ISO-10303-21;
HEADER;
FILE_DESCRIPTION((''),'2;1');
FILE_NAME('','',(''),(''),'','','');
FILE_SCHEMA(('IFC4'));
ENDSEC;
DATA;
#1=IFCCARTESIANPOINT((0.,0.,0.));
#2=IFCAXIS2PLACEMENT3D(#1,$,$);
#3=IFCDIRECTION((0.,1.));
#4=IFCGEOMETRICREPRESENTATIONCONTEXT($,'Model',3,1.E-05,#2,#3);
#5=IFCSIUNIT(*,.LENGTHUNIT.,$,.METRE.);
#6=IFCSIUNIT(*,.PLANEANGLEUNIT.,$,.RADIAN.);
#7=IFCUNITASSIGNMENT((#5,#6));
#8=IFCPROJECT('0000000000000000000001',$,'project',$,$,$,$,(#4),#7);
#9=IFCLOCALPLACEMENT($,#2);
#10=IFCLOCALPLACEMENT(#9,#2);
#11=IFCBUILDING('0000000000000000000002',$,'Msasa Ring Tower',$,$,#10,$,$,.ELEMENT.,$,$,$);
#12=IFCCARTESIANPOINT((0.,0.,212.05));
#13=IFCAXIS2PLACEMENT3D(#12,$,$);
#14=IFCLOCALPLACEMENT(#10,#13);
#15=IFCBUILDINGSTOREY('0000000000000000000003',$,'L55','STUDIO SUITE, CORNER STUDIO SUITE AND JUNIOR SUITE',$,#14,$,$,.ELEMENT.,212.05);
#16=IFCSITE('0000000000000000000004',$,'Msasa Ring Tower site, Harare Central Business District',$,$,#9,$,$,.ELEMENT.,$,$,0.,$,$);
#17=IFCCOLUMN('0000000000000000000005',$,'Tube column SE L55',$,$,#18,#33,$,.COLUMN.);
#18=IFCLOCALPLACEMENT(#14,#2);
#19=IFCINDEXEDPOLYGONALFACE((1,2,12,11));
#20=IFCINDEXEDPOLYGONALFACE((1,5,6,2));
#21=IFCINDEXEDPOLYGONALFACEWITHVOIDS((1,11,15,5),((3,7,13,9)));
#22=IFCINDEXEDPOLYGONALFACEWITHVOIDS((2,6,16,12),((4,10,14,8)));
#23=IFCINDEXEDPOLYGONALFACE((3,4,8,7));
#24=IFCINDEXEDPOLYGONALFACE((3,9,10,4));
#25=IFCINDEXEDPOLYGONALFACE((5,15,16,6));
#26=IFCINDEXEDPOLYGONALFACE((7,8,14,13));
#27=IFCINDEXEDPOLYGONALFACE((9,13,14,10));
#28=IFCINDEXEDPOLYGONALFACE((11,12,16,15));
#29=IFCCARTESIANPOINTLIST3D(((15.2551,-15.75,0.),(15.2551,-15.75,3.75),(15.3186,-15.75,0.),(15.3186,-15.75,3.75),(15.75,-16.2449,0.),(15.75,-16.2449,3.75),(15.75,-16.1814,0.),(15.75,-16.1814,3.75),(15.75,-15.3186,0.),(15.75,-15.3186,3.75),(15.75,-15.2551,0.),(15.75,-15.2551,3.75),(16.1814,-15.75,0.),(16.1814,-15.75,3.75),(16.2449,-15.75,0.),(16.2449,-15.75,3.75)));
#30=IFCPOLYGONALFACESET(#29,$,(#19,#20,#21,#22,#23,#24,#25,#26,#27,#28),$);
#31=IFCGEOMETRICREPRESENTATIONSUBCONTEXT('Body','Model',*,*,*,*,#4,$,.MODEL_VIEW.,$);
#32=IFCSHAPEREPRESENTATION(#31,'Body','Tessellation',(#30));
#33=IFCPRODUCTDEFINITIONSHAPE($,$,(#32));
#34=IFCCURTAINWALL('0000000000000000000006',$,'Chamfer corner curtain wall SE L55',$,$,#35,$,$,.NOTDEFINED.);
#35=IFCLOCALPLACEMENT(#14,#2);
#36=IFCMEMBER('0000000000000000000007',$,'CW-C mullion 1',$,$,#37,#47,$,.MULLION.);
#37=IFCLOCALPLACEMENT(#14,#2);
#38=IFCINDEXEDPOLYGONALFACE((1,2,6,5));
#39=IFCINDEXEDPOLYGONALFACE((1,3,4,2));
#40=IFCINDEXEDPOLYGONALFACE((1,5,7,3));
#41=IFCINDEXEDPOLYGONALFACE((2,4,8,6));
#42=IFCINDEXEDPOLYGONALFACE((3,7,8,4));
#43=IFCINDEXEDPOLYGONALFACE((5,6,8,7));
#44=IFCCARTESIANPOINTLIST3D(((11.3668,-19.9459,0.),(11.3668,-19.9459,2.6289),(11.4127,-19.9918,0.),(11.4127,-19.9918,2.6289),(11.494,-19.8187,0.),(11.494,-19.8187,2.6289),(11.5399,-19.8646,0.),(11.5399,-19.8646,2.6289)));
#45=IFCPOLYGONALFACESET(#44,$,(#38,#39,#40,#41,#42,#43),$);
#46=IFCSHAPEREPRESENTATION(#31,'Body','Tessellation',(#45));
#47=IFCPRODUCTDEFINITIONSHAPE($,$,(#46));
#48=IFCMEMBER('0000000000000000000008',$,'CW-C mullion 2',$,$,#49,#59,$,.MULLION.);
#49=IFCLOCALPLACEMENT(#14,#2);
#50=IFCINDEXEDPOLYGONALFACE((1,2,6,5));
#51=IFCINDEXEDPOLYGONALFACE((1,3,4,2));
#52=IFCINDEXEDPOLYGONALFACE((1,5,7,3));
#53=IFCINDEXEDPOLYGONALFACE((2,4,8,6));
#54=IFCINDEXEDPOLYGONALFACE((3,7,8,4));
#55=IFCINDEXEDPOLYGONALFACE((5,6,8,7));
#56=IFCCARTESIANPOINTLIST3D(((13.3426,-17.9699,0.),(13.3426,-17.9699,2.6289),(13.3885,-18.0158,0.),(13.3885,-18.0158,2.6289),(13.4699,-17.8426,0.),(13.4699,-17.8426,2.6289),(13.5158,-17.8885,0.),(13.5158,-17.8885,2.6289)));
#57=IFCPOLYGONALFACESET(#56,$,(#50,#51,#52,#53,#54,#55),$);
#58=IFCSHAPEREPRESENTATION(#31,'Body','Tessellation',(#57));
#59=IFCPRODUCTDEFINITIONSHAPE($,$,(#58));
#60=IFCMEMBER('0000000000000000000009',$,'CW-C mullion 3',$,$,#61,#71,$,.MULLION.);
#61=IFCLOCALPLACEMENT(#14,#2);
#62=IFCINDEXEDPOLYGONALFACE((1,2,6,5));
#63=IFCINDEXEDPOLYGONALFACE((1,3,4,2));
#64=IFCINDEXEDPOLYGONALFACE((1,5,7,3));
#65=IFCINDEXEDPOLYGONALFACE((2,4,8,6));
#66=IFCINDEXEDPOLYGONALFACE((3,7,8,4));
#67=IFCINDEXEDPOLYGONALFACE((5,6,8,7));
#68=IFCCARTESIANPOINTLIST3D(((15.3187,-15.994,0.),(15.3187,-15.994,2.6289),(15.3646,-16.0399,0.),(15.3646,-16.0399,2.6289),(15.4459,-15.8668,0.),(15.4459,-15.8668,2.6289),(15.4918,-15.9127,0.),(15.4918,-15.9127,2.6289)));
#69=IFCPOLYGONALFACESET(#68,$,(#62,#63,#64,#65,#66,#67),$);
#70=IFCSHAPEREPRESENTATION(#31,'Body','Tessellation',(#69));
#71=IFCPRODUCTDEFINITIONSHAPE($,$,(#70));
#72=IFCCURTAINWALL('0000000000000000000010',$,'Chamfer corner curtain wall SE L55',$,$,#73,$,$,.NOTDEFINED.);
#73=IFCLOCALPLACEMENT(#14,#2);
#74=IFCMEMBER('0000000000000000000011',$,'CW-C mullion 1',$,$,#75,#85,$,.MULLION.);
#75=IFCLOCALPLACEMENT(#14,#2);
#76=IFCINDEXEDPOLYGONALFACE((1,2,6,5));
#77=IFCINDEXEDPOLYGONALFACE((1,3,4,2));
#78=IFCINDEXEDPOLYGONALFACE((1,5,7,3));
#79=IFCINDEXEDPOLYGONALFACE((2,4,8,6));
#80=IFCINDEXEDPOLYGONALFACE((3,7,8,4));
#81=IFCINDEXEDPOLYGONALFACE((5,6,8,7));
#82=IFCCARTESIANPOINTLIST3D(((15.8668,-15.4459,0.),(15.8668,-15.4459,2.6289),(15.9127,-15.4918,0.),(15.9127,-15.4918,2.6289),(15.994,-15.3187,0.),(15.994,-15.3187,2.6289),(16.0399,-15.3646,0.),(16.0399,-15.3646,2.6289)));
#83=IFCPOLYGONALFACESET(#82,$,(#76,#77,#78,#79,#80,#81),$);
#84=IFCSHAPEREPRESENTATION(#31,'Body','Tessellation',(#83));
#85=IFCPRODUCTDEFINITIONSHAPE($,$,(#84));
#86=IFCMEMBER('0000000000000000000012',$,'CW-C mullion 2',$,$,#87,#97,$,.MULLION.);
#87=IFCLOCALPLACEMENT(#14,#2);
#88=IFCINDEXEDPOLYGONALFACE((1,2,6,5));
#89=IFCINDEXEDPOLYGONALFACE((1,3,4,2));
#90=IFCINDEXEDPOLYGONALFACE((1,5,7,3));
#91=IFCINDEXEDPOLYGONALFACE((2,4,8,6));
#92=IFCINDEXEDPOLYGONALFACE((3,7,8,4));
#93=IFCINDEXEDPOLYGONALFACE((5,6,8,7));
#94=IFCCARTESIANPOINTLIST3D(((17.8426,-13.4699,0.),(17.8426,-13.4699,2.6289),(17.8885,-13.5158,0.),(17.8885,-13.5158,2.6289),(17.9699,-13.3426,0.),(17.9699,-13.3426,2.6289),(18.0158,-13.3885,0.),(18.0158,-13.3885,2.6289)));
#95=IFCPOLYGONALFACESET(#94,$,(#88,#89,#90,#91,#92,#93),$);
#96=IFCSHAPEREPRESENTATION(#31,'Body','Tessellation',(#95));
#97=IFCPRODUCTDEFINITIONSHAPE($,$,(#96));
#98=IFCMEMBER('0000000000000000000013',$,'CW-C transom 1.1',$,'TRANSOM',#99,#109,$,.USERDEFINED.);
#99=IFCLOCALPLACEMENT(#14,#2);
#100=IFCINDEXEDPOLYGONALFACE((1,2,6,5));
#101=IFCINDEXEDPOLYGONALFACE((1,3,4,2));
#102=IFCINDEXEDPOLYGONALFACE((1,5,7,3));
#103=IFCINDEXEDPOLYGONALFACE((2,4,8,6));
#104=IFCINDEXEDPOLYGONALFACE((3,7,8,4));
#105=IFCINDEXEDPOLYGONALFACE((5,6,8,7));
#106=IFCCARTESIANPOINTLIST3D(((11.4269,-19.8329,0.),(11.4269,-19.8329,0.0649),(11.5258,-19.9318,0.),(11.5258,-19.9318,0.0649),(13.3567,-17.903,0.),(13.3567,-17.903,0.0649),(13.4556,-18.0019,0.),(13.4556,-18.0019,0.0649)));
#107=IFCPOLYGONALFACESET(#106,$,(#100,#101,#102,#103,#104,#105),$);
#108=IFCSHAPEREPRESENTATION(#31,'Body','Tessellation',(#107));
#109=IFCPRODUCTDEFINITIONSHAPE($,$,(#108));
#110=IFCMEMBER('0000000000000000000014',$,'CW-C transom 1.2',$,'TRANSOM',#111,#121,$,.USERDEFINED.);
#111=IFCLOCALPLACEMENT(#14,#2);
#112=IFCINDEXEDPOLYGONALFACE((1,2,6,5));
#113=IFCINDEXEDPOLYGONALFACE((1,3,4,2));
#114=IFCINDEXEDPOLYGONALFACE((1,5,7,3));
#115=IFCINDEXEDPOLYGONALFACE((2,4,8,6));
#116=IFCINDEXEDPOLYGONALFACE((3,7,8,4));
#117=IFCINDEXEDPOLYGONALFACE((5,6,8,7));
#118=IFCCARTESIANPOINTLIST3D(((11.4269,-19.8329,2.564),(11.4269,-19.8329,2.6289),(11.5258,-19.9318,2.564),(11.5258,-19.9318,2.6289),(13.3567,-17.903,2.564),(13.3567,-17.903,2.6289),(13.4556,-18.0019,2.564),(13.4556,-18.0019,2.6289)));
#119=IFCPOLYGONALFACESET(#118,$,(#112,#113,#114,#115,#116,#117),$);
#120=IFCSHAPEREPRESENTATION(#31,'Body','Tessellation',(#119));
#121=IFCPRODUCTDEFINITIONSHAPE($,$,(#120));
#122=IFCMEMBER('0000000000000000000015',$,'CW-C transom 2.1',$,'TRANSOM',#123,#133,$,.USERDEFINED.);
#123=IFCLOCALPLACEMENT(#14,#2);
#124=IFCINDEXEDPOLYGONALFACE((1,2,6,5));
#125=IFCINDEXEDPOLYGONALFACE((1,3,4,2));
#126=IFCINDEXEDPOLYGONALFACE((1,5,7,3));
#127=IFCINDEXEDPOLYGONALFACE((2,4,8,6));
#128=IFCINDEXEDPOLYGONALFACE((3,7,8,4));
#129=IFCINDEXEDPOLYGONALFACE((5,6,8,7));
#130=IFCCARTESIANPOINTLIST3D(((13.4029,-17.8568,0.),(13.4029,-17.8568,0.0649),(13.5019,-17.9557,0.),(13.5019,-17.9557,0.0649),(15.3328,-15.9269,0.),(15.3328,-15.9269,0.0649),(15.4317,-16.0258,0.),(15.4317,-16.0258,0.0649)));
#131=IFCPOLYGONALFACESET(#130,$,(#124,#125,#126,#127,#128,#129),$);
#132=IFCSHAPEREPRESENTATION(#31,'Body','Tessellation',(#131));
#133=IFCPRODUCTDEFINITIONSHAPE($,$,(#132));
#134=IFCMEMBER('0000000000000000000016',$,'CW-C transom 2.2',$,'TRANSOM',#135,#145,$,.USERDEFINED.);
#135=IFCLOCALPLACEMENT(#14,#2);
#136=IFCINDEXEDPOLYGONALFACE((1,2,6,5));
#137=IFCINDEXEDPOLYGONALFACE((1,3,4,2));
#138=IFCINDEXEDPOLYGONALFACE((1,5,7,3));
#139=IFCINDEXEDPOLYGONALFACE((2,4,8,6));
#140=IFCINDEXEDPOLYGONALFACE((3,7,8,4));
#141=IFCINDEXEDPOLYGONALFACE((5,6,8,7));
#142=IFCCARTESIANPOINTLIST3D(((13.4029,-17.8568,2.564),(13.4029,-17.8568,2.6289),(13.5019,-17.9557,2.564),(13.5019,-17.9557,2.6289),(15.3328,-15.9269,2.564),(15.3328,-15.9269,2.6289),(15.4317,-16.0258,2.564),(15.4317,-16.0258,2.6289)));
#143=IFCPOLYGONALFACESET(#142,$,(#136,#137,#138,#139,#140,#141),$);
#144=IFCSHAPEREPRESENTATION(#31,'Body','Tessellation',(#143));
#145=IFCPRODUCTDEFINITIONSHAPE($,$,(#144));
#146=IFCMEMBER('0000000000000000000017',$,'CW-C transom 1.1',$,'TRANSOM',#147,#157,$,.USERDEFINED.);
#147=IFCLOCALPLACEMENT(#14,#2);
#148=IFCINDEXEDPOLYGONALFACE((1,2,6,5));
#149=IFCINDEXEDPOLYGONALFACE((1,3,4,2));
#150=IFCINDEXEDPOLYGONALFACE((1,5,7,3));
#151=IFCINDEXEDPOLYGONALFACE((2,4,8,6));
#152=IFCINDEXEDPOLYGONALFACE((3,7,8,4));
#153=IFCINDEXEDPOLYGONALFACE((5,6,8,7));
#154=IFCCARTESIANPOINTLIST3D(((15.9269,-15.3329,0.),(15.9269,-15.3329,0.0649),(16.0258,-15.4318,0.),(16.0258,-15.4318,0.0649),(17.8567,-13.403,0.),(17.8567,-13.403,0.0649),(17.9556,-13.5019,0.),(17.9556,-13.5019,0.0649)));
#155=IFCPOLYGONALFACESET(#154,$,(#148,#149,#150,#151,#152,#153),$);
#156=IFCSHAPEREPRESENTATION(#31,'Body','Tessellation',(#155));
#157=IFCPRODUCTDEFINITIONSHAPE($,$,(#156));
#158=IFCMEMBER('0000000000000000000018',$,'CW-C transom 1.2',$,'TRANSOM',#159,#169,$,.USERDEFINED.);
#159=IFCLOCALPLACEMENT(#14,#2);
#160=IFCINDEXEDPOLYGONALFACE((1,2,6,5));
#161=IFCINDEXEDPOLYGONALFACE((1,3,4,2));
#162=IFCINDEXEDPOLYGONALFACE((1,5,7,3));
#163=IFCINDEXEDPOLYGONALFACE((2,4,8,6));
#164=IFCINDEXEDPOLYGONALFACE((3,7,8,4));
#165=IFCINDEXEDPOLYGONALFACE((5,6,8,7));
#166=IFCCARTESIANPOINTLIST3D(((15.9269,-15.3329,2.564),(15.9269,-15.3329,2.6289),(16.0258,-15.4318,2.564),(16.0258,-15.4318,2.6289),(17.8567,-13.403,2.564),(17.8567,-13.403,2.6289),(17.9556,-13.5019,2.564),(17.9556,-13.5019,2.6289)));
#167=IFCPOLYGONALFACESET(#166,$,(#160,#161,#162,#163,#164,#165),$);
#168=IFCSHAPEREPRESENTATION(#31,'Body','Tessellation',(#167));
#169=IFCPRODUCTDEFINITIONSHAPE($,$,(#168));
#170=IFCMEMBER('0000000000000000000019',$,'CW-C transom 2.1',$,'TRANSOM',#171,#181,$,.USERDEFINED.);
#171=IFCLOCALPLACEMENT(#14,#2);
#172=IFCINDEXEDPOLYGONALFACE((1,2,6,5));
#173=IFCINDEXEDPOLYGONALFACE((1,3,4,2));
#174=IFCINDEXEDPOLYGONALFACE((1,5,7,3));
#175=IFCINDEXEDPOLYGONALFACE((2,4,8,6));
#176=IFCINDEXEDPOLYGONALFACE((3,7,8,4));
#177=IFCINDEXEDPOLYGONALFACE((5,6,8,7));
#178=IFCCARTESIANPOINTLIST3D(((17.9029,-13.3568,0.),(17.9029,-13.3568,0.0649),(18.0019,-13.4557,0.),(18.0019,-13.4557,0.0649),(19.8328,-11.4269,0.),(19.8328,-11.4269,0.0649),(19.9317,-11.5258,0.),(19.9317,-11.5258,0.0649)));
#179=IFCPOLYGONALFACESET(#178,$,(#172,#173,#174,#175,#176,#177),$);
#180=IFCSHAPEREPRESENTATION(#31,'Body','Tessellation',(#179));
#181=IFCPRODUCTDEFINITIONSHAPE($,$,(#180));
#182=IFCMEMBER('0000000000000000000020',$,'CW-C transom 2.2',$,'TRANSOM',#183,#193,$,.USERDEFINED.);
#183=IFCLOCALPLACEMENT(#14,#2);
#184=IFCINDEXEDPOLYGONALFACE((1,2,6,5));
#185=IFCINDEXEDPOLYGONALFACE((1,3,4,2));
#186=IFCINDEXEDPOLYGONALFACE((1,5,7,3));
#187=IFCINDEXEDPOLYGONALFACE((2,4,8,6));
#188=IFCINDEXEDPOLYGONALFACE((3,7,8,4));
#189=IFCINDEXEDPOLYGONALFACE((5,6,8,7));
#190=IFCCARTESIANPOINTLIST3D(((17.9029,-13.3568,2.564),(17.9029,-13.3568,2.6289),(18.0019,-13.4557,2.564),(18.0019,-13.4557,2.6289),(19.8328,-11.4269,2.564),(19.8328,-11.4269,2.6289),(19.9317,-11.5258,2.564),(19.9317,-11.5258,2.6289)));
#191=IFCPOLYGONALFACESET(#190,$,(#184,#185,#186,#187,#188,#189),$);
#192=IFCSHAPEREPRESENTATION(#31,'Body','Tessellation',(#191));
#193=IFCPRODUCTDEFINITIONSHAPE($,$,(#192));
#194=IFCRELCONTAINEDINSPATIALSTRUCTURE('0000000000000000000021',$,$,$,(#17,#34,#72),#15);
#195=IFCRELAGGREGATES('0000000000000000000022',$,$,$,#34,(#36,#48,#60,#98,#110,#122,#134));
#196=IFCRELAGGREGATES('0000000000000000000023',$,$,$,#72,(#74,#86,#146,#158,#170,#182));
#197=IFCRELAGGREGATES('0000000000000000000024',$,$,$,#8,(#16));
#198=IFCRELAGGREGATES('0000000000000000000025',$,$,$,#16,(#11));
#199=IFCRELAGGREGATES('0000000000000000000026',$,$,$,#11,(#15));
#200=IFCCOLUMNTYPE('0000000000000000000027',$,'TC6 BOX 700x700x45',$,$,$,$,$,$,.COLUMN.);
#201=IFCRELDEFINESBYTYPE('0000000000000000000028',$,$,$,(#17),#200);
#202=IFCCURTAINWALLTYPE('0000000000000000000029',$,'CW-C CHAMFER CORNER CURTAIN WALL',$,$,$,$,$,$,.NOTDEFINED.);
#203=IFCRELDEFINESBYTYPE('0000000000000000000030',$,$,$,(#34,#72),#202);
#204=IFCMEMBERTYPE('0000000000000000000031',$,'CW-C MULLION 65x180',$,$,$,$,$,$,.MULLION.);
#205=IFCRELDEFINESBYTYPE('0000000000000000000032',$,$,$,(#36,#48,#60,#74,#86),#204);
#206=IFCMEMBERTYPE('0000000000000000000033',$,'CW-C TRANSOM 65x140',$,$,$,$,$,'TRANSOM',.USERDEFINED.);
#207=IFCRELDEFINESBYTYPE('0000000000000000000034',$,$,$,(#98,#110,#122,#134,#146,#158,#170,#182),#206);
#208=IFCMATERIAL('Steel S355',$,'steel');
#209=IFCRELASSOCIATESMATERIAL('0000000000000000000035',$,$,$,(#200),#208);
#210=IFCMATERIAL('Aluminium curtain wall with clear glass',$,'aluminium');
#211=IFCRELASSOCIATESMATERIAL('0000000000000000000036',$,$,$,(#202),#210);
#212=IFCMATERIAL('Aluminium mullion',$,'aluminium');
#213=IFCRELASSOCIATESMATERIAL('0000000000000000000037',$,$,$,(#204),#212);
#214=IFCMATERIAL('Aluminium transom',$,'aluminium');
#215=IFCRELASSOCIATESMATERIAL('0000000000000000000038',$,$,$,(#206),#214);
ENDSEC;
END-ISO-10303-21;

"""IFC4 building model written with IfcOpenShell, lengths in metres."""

from ifc_helpers import new_model, si_unit, direction, frame, origin, origin_2d, place, context, subcontext, project, spatial, rectangle, hollow_rectangle, extrude, material, material_profile, profile_set, type_object, element, aggregate, save


model = new_model("IFC4")

# Units and contexts
model_context = context("Model", 3, precision=1e-05, world=origin(), true_north=direction((0.0, 1.0)))
body_context = subcontext(model_context, "Body", "Model", "MODEL_VIEW")
ifc_project = project(units=[si_unit("LENGTHUNIT", "METRE"), si_unit("PLANEANGLEUNIT", "RADIAN")], contexts=[model_context])

# Site, building, storey
site_placement = place(None, origin())
site = spatial("IfcSite", under=ifc_project, at=site_placement, Name="Msasa Ring Tower site, Harare Central Business District", CompositionType="ELEMENT", RefElevation=0.0)
building_placement = place(site_placement, origin())
building = spatial("IfcBuilding", under=site, at=building_placement, Name="Msasa Ring Tower", CompositionType="ELEMENT")
storey_placement = place(building_placement, frame((0.0, 0.0, 212.05)))
storey = spatial("IfcBuildingStorey", under=building, at=storey_placement, Name="L55", Description="STUDIO SUITE, CORNER STUDIO SUITE AND JUNIOR SUITE", CompositionType="ELEMENT", Elevation=212.05)

# Column
ifc_material_1 = material(Name="Steel S355", Category="steel")
ifc_material_profile_1 = material_profile(ifc_material_1, hollow_rectangle(XDim=0.7, YDim=0.7, WallThickness=0.0449, at=origin_2d()), Name="BOX 700x700x45")
ifc_profile_set_1 = profile_set([ifc_material_profile_1], Name="Steel S355")
column_type = type_object("IfcColumnType", Name="TC6 BOX 700x700x45", PredefinedType="COLUMN", material=ifc_profile_set_1)
column_placement = place(storey_placement, frame((15.75, -15.75, 0.0), z_axis=(0.0, 0.0, 1.0), x_axis=(0.707107, -0.707107, 0.0)))
element("IfcColumn", 1, at=column_placement, inside=storey, type_object=column_type, Name="Tube column SE L55", PredefinedType="COLUMN", context=body_context, shape_type="SweptSolid", body=[
    extrude(hollow_rectangle(XDim=0.7, YDim=0.7, WallThickness=0.0449, at=origin_2d()), origin(), (0.0, 0.0, 1.0), 3.75),
])

# Curtain walls, members
ifc_material_2 = material(Name="Aluminium curtain wall with clear glass", Category="aluminium")
curtain_wall_type = type_object("IfcCurtainWallType", Name="CW-C CHAMFER CORNER CURTAIN WALL", PredefinedType="NOTDEFINED", material=ifc_material_2)
curtain_wall_1_placement = place(storey_placement, origin())
curtain_wall_1 = element("IfcCurtainWall", 2, at=curtain_wall_1_placement, inside=storey, type_object=curtain_wall_type, Name="Chamfer corner curtain wall SE L55", PredefinedType="NOTDEFINED")
ifc_material_3 = material(Name="Aluminium mullion", Category="aluminium")
ifc_material_profile_2 = material_profile(ifc_material_3, rectangle(XDim=0.0649, YDim=0.1799, at=origin_2d()), Name="AL 65x180")
ifc_profile_set_2 = profile_set([ifc_material_profile_2], Name="Aluminium mullion")
member_type_1 = type_object("IfcMemberType", Name="CW-C MULLION 65x180", PredefinedType="MULLION", material=ifc_profile_set_2)
member_1_placement = place(storey_placement, frame((11.4534, -19.9053, 0.0), z_axis=(0.0, 0.0, 1.0), x_axis=(-0.707107, 0.707107, 0.0)))
member_1 = element("IfcMember", 3, at=member_1_placement, type_object=member_type_1, Name="CW-C mullion 1", PredefinedType="MULLION", context=body_context, shape_type="SweptSolid", body=[
    extrude(rectangle(XDim=0.0649, YDim=0.1799, at=origin_2d()), origin(), (0.0, 0.0, 1.0), 2.6289),
])
member_2_placement = place(storey_placement, frame((13.4292, -17.9292, 0.0), z_axis=(0.0, 0.0, 1.0), x_axis=(-0.707107, 0.707107, 0.0)))
member_2 = element("IfcMember", 4, at=member_2_placement, type_object=member_type_1, Name="CW-C mullion 2", PredefinedType="MULLION", context=body_context, shape_type="SweptSolid", body=[
    extrude(rectangle(XDim=0.0649, YDim=0.1799, at=origin_2d()), origin(), (0.0, 0.0, 1.0), 2.6289),
])
member_3_placement = place(storey_placement, frame((15.4053, -15.9534, 0.0), z_axis=(0.0, 0.0, 1.0), x_axis=(-0.707107, 0.707107, 0.0)))
member_3 = element("IfcMember", 5, at=member_3_placement, type_object=member_type_1, Name="CW-C mullion 3", PredefinedType="MULLION", context=body_context, shape_type="SweptSolid", body=[
    extrude(rectangle(XDim=0.0649, YDim=0.1799, at=origin_2d()), origin(), (0.0, 0.0, 1.0), 2.6289),
])
curtain_wall_2_placement = place(storey_placement, origin())
curtain_wall_2 = element("IfcCurtainWall", 6, at=curtain_wall_2_placement, inside=storey, type_object=curtain_wall_type, Name="Chamfer corner curtain wall SE L55", PredefinedType="NOTDEFINED")
member_4_placement = place(storey_placement, frame((15.9534, -15.4053, 0.0), z_axis=(0.0, 0.0, 1.0), x_axis=(-0.707107, 0.707107, 0.0)))
member_4 = element("IfcMember", 7, at=member_4_placement, type_object=member_type_1, Name="CW-C mullion 1", PredefinedType="MULLION", context=body_context, shape_type="SweptSolid", body=[
    extrude(rectangle(XDim=0.0649, YDim=0.1799, at=origin_2d()), origin(), (0.0, 0.0, 1.0), 2.6289),
])
member_5_placement = place(storey_placement, frame((17.9292, -13.4292, 0.0), z_axis=(0.0, 0.0, 1.0), x_axis=(-0.707107, 0.707107, 0.0)))
member_5 = element("IfcMember", 8, at=member_5_placement, type_object=member_type_1, Name="CW-C mullion 2", PredefinedType="MULLION", context=body_context, shape_type="SweptSolid", body=[
    extrude(rectangle(XDim=0.0649, YDim=0.1799, at=origin_2d()), origin(), (0.0, 0.0, 1.0), 2.6289),
])

# Members
ifc_material_4 = material(Name="Aluminium transom", Category="aluminium")
ifc_material_profile_3 = material_profile(ifc_material_4, rectangle(XDim=0.1399, YDim=0.0649, at=origin_2d()), Name="AL 65x140")
ifc_profile_set_3 = profile_set([ifc_material_profile_3], Name="Aluminium transom")
member_type_2 = type_object("IfcMemberType", Name="CW-C TRANSOM 65x140", ElementType="TRANSOM", PredefinedType="USERDEFINED", material=ifc_profile_set_3)
member_6_placement = place(storey_placement, frame((11.4763, -19.8823, 0.0325), z_axis=(0.707107, 0.707107, 0.0), x_axis=(-0.707107, 0.707107, 0.0)))
member_6 = element("IfcMember", 9, at=member_6_placement, type_object=member_type_2, Name="CW-C transom 1.1", ObjectType="TRANSOM", PredefinedType="USERDEFINED", context=body_context, shape_type="SweptSolid", body=[
    extrude(rectangle(XDim=0.1399, YDim=0.0649, at=origin_2d()), origin(), (0.0, 0.0, 1.0), 2.7292),
])
member_7_placement = place(storey_placement, frame((11.4763, -19.8823, 2.5964), z_axis=(0.707107, 0.707107, 0.0), x_axis=(-0.707107, 0.707107, 0.0)))
member_7 = element("IfcMember", 10, at=member_7_placement, type_object=member_type_2, Name="CW-C transom 1.2", ObjectType="TRANSOM", PredefinedType="USERDEFINED", context=body_context, shape_type="SweptSolid", body=[
    extrude(rectangle(XDim=0.1399, YDim=0.0649, at=origin_2d()), origin(), (0.0, 0.0, 1.0), 2.7292),
])
member_8_placement = place(storey_placement, frame((13.4524, -17.9062, 0.0325), z_axis=(0.707107, 0.707107, 0.0), x_axis=(-0.707107, 0.707107, 0.0)))
member_8 = element("IfcMember", 11, at=member_8_placement, type_object=member_type_2, Name="CW-C transom 2.1", ObjectType="TRANSOM", PredefinedType="USERDEFINED", context=body_context, shape_type="SweptSolid", body=[
    extrude(rectangle(XDim=0.1399, YDim=0.0649, at=origin_2d()), origin(), (0.0, 0.0, 1.0), 2.7292),
])
member_9_placement = place(storey_placement, frame((13.4524, -17.9062, 2.5964), z_axis=(0.707107, 0.707107, 0.0), x_axis=(-0.707107, 0.707107, 0.0)))
member_9 = element("IfcMember", 12, at=member_9_placement, type_object=member_type_2, Name="CW-C transom 2.2", ObjectType="TRANSOM", PredefinedType="USERDEFINED", context=body_context, shape_type="SweptSolid", body=[
    extrude(rectangle(XDim=0.1399, YDim=0.0649, at=origin_2d()), origin(), (0.0, 0.0, 1.0), 2.7292),
])
member_10_placement = place(storey_placement, frame((15.9763, -15.3823, 0.0325), z_axis=(0.707107, 0.707107, 0.0), x_axis=(-0.707107, 0.707107, 0.0)))
member_10 = element("IfcMember", 13, at=member_10_placement, type_object=member_type_2, Name="CW-C transom 1.1", ObjectType="TRANSOM", PredefinedType="USERDEFINED", context=body_context, shape_type="SweptSolid", body=[
    extrude(rectangle(XDim=0.1399, YDim=0.0649, at=origin_2d()), origin(), (0.0, 0.0, 1.0), 2.7292),
])
member_11_placement = place(storey_placement, frame((15.9763, -15.3823, 2.5964), z_axis=(0.707107, 0.707107, 0.0), x_axis=(-0.707107, 0.707107, 0.0)))
member_11 = element("IfcMember", 14, at=member_11_placement, type_object=member_type_2, Name="CW-C transom 1.2", ObjectType="TRANSOM", PredefinedType="USERDEFINED", context=body_context, shape_type="SweptSolid", body=[
    extrude(rectangle(XDim=0.1399, YDim=0.0649, at=origin_2d()), origin(), (0.0, 0.0, 1.0), 2.7292),
])
member_12_placement = place(storey_placement, frame((17.9524, -13.4062, 0.0325), z_axis=(0.707107, 0.707107, 0.0), x_axis=(-0.707107, 0.707107, 0.0)))
member_12 = element("IfcMember", 15, at=member_12_placement, type_object=member_type_2, Name="CW-C transom 2.1", ObjectType="TRANSOM", PredefinedType="USERDEFINED", context=body_context, shape_type="SweptSolid", body=[
    extrude(rectangle(XDim=0.1399, YDim=0.0649, at=origin_2d()), origin(), (0.0, 0.0, 1.0), 2.7292),
])
member_13_placement = place(storey_placement, frame((17.9524, -13.4062, 2.5964), z_axis=(0.707107, 0.707107, 0.0), x_axis=(-0.707107, 0.707107, 0.0)))
member_13 = element("IfcMember", 16, at=member_13_placement, type_object=member_type_2, Name="CW-C transom 2.2", ObjectType="TRANSOM", PredefinedType="USERDEFINED", context=body_context, shape_type="SweptSolid", body=[
    extrude(rectangle(XDim=0.1399, YDim=0.0649, at=origin_2d()), origin(), (0.0, 0.0, 1.0), 2.7292),
])

aggregate(curtain_wall_1, [member_1, member_2, member_3, member_6, member_7, member_8, member_9])
aggregate(curtain_wall_2, [member_4, member_5, member_10, member_11, member_12, member_13])

save(model, "model.ifc")
